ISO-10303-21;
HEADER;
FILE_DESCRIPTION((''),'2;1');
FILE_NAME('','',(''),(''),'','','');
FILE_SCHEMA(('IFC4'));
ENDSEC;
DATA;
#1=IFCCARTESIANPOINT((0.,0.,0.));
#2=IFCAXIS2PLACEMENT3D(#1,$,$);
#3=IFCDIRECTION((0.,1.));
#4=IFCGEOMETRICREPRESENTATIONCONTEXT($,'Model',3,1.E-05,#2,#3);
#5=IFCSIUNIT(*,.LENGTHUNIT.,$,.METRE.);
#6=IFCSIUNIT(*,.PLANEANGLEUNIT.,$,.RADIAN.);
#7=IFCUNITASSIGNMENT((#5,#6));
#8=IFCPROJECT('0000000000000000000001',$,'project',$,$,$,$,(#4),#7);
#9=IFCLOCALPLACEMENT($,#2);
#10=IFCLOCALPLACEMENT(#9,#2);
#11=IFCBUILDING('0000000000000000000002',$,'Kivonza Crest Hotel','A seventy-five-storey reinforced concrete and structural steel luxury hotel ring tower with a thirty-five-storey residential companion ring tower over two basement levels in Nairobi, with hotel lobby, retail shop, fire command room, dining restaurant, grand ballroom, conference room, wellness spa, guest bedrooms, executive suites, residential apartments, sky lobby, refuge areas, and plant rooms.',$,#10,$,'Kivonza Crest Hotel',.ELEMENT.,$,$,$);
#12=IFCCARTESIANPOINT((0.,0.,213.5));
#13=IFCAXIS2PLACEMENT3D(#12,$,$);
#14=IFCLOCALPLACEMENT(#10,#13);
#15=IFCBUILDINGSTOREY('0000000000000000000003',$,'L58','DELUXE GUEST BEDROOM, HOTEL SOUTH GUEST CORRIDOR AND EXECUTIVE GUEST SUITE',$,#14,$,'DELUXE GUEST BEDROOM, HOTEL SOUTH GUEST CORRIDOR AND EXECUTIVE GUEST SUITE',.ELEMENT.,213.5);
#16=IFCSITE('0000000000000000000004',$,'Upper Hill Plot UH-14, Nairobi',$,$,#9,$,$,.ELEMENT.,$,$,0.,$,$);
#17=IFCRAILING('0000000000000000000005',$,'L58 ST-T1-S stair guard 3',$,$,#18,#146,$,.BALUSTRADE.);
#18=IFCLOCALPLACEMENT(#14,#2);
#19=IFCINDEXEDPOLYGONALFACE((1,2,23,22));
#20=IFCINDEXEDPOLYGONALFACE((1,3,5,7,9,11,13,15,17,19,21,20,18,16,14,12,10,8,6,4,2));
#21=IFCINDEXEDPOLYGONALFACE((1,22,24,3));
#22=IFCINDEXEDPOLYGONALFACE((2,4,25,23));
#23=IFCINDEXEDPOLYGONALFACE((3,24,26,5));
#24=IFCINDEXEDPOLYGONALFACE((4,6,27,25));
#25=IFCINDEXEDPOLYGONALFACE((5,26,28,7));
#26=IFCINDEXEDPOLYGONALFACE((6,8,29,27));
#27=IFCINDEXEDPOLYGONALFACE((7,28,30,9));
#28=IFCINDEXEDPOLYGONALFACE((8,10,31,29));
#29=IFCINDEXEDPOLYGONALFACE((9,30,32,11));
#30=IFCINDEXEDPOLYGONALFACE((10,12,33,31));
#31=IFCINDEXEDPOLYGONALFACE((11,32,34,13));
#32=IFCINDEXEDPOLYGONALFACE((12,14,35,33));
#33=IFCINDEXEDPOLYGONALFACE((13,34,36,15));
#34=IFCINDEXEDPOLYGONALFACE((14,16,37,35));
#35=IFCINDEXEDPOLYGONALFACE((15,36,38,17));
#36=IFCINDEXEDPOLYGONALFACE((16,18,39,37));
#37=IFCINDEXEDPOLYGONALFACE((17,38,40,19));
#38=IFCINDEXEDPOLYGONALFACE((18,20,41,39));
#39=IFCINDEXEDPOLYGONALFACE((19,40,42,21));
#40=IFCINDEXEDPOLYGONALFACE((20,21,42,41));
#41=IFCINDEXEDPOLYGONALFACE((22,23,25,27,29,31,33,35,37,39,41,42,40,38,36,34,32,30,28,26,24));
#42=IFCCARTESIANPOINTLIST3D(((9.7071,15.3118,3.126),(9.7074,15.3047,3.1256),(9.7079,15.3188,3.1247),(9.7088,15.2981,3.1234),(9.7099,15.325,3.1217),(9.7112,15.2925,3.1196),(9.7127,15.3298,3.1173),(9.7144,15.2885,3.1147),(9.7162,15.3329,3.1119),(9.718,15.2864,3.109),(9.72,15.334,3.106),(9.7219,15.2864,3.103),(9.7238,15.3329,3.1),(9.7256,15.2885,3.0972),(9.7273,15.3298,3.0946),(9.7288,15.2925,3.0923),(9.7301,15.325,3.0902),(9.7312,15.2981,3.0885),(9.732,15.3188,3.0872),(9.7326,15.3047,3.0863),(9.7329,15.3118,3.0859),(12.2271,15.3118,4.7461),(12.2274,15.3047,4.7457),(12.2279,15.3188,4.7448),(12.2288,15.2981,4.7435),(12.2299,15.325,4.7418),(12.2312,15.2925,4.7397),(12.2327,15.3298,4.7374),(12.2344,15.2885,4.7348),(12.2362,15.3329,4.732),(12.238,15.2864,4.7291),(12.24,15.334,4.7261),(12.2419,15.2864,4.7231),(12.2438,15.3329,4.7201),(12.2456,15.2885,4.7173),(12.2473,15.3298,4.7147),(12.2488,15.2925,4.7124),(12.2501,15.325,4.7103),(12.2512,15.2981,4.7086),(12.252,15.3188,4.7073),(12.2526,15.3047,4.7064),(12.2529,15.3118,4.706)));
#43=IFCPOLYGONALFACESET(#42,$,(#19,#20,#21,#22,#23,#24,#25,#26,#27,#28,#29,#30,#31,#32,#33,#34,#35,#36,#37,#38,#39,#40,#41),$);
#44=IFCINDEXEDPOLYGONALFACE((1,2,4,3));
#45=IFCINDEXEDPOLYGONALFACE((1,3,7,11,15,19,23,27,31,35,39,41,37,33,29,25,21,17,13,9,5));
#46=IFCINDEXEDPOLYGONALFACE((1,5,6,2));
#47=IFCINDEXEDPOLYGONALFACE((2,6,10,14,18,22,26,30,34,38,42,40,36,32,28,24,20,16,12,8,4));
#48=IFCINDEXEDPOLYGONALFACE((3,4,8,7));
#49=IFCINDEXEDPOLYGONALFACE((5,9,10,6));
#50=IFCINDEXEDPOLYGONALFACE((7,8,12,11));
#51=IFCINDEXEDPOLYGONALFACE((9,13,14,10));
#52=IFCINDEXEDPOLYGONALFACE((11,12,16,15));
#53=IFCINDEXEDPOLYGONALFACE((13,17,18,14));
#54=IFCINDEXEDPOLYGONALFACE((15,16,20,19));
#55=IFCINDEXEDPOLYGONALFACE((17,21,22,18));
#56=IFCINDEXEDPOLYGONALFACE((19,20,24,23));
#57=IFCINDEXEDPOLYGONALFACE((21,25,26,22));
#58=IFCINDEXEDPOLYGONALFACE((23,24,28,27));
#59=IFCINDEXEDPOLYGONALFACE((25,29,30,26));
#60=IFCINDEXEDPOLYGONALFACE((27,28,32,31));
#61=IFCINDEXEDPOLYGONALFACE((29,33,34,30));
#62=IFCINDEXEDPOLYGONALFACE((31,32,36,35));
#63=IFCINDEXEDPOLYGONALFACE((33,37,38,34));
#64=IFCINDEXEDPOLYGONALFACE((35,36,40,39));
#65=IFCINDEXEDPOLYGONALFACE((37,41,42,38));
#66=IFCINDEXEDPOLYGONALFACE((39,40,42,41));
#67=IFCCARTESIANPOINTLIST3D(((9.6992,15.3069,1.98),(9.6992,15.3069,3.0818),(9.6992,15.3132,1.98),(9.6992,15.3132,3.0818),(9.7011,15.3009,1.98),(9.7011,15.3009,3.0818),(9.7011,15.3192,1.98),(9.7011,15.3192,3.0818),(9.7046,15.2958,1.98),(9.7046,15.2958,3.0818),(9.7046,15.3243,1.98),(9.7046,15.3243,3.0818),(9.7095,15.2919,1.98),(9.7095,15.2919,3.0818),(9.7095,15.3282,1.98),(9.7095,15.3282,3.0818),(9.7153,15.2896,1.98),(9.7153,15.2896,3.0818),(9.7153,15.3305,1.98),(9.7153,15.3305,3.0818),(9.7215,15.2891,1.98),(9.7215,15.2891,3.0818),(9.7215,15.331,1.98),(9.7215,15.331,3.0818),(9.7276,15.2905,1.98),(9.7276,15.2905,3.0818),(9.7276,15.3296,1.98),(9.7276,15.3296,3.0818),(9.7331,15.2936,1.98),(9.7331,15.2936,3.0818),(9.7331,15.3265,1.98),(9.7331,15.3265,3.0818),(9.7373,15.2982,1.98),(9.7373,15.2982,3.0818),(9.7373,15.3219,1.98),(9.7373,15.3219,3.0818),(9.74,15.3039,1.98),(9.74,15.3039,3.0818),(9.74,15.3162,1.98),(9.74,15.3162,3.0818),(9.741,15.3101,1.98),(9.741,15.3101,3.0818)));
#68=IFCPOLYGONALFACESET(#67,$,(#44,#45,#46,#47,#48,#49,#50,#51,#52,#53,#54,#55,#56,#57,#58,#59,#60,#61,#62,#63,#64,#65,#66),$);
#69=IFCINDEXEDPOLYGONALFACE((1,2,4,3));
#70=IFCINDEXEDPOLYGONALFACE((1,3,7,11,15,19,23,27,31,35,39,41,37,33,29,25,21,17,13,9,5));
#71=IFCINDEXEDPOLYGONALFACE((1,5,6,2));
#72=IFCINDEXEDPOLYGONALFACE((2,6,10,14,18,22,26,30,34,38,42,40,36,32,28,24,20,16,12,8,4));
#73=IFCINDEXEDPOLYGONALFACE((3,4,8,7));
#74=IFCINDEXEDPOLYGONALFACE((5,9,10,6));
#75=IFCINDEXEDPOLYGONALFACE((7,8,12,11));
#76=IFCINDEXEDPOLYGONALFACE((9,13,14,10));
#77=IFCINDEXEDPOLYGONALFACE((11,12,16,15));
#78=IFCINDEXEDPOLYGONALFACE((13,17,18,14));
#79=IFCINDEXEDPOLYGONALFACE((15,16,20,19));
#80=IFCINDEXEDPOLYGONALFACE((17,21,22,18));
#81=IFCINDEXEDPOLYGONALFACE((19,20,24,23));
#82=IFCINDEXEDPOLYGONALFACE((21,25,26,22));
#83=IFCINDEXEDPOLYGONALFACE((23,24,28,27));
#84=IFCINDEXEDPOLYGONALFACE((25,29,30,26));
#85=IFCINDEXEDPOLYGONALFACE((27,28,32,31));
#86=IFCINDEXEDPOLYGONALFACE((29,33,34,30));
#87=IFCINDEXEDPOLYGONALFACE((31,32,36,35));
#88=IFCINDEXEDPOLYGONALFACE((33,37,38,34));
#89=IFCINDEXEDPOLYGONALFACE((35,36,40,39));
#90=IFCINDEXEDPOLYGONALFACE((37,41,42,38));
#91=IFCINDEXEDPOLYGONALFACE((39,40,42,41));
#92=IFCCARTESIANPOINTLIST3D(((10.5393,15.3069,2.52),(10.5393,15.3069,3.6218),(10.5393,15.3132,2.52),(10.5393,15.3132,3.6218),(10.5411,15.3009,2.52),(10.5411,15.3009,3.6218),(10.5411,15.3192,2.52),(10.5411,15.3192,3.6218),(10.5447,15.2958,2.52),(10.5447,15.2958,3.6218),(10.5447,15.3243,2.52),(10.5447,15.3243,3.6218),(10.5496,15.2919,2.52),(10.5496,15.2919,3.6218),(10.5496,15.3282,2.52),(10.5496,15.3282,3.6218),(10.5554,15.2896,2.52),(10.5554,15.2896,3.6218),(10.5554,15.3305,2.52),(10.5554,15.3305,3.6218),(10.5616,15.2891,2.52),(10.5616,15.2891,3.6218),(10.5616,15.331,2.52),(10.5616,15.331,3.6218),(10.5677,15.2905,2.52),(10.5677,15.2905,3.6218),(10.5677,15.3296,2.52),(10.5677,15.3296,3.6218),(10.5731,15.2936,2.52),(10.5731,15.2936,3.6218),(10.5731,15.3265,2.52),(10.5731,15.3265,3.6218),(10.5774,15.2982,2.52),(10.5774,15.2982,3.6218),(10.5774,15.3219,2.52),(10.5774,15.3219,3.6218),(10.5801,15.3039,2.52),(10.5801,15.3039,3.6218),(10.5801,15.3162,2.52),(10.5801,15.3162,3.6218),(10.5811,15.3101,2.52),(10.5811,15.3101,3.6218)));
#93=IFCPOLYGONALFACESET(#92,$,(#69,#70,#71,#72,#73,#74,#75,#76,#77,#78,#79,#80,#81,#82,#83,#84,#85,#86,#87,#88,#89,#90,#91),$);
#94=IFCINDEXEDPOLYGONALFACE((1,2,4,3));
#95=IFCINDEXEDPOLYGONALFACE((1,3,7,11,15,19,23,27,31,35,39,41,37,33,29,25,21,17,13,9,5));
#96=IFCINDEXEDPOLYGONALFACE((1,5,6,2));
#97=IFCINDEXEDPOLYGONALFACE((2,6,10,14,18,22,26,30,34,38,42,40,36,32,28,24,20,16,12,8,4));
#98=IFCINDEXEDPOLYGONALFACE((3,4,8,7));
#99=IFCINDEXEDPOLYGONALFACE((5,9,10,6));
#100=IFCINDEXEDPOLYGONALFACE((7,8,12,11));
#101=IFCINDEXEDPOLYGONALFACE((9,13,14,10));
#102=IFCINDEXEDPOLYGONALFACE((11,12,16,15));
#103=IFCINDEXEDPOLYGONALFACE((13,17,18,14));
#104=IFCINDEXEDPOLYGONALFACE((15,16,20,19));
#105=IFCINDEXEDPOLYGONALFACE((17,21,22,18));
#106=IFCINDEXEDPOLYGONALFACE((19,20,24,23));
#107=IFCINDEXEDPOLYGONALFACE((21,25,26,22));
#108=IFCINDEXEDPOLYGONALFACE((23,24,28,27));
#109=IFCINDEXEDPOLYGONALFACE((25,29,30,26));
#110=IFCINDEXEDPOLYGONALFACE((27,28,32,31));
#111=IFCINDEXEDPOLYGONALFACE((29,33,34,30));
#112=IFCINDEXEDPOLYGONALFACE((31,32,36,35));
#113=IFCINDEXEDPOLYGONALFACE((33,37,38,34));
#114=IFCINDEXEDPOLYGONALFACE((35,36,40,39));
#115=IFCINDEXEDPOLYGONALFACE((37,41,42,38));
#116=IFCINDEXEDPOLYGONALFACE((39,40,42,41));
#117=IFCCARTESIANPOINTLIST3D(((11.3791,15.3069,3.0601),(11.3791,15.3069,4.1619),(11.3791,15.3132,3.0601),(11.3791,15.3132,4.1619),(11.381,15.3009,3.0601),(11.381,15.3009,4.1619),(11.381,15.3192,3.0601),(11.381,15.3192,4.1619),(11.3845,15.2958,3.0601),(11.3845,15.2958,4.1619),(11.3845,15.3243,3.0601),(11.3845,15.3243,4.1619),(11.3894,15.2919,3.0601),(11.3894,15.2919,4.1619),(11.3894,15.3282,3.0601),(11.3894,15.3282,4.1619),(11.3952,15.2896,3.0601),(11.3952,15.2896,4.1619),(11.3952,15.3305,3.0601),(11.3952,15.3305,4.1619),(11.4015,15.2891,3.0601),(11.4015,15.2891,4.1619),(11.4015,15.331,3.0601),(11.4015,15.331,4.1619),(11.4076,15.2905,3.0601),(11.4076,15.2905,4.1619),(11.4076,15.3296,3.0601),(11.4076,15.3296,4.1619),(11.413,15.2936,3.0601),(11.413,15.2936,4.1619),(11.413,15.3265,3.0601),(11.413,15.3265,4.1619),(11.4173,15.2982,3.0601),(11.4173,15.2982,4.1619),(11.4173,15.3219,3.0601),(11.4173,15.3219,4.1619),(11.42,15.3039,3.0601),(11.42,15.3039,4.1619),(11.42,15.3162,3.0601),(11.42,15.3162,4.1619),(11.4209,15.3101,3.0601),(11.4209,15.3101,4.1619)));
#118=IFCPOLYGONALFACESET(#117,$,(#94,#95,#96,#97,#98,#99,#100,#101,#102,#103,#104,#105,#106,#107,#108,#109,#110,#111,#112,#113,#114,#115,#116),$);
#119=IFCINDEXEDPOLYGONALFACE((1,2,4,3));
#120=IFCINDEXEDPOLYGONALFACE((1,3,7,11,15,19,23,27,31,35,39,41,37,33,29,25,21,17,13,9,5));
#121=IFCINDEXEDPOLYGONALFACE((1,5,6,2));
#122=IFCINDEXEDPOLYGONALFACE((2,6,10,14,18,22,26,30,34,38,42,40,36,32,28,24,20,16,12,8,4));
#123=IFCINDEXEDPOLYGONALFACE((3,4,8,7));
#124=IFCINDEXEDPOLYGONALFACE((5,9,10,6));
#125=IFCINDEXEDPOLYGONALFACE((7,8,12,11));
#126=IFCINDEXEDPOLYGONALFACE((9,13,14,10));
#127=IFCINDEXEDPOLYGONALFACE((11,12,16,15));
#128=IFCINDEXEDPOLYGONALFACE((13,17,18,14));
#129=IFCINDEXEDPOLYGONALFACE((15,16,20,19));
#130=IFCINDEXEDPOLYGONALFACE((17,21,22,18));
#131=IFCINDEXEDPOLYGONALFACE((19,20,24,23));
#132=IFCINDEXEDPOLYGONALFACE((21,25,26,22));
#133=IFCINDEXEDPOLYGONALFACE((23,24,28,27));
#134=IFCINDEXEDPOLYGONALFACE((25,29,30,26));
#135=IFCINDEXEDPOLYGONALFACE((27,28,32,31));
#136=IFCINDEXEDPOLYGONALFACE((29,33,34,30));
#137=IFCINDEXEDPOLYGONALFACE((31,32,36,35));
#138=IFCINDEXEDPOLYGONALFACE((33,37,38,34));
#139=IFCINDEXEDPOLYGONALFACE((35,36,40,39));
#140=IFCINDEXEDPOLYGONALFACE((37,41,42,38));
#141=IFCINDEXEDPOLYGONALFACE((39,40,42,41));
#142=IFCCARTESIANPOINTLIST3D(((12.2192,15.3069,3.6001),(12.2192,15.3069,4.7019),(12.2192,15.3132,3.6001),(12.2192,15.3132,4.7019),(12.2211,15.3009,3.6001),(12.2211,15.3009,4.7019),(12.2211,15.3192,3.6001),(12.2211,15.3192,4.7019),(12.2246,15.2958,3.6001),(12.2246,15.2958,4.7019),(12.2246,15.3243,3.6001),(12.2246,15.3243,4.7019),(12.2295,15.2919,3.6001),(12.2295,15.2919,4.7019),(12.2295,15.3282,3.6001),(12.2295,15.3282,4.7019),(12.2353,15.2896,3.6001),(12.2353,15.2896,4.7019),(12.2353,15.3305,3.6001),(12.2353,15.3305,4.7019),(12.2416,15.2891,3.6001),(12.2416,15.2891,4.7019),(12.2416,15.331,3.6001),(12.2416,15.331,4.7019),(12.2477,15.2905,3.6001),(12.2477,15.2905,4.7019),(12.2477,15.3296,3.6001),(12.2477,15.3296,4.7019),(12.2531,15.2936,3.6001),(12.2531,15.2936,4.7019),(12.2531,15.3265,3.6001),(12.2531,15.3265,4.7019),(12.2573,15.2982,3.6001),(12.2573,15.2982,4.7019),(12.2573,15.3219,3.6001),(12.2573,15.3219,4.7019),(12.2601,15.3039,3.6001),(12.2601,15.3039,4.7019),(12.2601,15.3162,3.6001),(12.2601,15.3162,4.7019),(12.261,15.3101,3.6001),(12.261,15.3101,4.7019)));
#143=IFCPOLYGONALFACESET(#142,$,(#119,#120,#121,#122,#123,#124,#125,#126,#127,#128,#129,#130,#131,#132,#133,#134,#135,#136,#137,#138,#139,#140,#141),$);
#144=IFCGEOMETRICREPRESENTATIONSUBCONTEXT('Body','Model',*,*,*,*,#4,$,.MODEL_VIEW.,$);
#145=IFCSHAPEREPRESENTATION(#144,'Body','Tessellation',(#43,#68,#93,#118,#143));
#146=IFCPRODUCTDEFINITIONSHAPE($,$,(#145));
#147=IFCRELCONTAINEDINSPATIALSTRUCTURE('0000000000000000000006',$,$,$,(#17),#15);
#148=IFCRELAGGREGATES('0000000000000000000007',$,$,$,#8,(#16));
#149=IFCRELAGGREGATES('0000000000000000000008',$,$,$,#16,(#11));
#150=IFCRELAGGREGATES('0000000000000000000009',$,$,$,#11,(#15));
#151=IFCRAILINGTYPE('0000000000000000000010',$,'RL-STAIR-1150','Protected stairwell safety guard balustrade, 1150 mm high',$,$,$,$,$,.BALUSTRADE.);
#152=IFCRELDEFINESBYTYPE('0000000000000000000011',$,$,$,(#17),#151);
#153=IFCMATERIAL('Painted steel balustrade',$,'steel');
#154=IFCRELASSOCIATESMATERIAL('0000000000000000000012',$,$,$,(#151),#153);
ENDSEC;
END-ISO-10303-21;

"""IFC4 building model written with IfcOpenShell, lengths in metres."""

from ifc_helpers import new_model, si_unit, direction, frame, origin, origin_2d, place, context, subcontext, project, spatial, circle, extrude, material, type_object, element, save


model = new_model("IFC4")

# Units and contexts
model_context = context("Model", 3, precision=1e-05, world=origin(), true_north=direction((0.0, 1.0)))
body_context = subcontext(model_context, "Body", "Model", "MODEL_VIEW")
ifc_project = project(units=[si_unit("LENGTHUNIT", "METRE"), si_unit("PLANEANGLEUNIT", "RADIAN")], contexts=[model_context])

# Site, building, storey
site_placement = place(None, origin())
site = spatial("IfcSite", under=ifc_project, at=site_placement, Name="Upper Hill Plot UH-14, Nairobi", CompositionType="ELEMENT", RefElevation=0.0)
building_placement = place(site_placement, origin())
building = spatial("IfcBuilding", under=site, at=building_placement, Name="Kivonza Crest Hotel", Description="A seventy-five-storey reinforced concrete and structural steel luxury hotel ring tower with a thirty-five-storey residential companion ring tower over two basement levels in Nairobi, with hotel lobby, retail shop, fire command room, dining restaurant, grand ballroom, conference room, wellness spa, guest bedrooms, executive suites, residential apartments, sky lobby, refuge areas, and plant rooms.", LongName="Kivonza Crest Hotel", CompositionType="ELEMENT")
storey_placement = place(building_placement, frame((0.0, 0.0, 213.5)))
storey = spatial("IfcBuildingStorey", under=building, at=storey_placement, Name="L58", Description="DELUXE GUEST BEDROOM, HOTEL SOUTH GUEST CORRIDOR AND EXECUTIVE GUEST SUITE", LongName="DELUXE GUEST BEDROOM, HOTEL SOUTH GUEST CORRIDOR AND EXECUTIVE GUEST SUITE", CompositionType="ELEMENT", Elevation=213.5)

# Railing
ifc_material_1 = material(Name="Painted steel balustrade", Category="steel")
railing_type_1 = type_object("IfcRailingType", Name="RL-STAIR-1150", Description="Protected stairwell safety guard balustrade, 1150 mm high", PredefinedType="BALUSTRADE", material=ifc_material_1)
railing_1_placement = place(storey_placement, frame((9.72, 15.3101, 1.98)))
element("IfcRailing", 1, at=railing_1_placement, inside=storey, type_object=railing_type_1, Name="L58 ST-T1-S stair guard 3", PredefinedType="BALUSTRADE", context=body_context, shape_type="SweptSolid", body=[
    extrude(circle(Radius=0.0239, at=origin_2d()), frame((0.0, 0.0, 1.126), z_axis=(0.841163, 0.0, 0.540782), x_axis=(0.0, 1.0, 0.0)), (0.0, 0.0, 1.0), 2.9958),
    extrude(circle(Radius=0.021, at=origin_2d()), origin(), (0.0, 0.0, 1.0), 1.1018),
    extrude(circle(Radius=0.021, at=origin_2d()), frame((0.8401, 0.0, 0.54)), (0.0, 0.0, 1.0), 1.1018),
    extrude(circle(Radius=0.021, at=origin_2d()), frame((1.6799, 0.0, 1.0801)), (0.0, 0.0, 1.0), 1.1018),
    extrude(circle(Radius=0.021, at=origin_2d()), frame((2.52, 0.0, 1.6201)), (0.0, 0.0, 1.0), 1.1018),
])

save(model, "model.ifc")
